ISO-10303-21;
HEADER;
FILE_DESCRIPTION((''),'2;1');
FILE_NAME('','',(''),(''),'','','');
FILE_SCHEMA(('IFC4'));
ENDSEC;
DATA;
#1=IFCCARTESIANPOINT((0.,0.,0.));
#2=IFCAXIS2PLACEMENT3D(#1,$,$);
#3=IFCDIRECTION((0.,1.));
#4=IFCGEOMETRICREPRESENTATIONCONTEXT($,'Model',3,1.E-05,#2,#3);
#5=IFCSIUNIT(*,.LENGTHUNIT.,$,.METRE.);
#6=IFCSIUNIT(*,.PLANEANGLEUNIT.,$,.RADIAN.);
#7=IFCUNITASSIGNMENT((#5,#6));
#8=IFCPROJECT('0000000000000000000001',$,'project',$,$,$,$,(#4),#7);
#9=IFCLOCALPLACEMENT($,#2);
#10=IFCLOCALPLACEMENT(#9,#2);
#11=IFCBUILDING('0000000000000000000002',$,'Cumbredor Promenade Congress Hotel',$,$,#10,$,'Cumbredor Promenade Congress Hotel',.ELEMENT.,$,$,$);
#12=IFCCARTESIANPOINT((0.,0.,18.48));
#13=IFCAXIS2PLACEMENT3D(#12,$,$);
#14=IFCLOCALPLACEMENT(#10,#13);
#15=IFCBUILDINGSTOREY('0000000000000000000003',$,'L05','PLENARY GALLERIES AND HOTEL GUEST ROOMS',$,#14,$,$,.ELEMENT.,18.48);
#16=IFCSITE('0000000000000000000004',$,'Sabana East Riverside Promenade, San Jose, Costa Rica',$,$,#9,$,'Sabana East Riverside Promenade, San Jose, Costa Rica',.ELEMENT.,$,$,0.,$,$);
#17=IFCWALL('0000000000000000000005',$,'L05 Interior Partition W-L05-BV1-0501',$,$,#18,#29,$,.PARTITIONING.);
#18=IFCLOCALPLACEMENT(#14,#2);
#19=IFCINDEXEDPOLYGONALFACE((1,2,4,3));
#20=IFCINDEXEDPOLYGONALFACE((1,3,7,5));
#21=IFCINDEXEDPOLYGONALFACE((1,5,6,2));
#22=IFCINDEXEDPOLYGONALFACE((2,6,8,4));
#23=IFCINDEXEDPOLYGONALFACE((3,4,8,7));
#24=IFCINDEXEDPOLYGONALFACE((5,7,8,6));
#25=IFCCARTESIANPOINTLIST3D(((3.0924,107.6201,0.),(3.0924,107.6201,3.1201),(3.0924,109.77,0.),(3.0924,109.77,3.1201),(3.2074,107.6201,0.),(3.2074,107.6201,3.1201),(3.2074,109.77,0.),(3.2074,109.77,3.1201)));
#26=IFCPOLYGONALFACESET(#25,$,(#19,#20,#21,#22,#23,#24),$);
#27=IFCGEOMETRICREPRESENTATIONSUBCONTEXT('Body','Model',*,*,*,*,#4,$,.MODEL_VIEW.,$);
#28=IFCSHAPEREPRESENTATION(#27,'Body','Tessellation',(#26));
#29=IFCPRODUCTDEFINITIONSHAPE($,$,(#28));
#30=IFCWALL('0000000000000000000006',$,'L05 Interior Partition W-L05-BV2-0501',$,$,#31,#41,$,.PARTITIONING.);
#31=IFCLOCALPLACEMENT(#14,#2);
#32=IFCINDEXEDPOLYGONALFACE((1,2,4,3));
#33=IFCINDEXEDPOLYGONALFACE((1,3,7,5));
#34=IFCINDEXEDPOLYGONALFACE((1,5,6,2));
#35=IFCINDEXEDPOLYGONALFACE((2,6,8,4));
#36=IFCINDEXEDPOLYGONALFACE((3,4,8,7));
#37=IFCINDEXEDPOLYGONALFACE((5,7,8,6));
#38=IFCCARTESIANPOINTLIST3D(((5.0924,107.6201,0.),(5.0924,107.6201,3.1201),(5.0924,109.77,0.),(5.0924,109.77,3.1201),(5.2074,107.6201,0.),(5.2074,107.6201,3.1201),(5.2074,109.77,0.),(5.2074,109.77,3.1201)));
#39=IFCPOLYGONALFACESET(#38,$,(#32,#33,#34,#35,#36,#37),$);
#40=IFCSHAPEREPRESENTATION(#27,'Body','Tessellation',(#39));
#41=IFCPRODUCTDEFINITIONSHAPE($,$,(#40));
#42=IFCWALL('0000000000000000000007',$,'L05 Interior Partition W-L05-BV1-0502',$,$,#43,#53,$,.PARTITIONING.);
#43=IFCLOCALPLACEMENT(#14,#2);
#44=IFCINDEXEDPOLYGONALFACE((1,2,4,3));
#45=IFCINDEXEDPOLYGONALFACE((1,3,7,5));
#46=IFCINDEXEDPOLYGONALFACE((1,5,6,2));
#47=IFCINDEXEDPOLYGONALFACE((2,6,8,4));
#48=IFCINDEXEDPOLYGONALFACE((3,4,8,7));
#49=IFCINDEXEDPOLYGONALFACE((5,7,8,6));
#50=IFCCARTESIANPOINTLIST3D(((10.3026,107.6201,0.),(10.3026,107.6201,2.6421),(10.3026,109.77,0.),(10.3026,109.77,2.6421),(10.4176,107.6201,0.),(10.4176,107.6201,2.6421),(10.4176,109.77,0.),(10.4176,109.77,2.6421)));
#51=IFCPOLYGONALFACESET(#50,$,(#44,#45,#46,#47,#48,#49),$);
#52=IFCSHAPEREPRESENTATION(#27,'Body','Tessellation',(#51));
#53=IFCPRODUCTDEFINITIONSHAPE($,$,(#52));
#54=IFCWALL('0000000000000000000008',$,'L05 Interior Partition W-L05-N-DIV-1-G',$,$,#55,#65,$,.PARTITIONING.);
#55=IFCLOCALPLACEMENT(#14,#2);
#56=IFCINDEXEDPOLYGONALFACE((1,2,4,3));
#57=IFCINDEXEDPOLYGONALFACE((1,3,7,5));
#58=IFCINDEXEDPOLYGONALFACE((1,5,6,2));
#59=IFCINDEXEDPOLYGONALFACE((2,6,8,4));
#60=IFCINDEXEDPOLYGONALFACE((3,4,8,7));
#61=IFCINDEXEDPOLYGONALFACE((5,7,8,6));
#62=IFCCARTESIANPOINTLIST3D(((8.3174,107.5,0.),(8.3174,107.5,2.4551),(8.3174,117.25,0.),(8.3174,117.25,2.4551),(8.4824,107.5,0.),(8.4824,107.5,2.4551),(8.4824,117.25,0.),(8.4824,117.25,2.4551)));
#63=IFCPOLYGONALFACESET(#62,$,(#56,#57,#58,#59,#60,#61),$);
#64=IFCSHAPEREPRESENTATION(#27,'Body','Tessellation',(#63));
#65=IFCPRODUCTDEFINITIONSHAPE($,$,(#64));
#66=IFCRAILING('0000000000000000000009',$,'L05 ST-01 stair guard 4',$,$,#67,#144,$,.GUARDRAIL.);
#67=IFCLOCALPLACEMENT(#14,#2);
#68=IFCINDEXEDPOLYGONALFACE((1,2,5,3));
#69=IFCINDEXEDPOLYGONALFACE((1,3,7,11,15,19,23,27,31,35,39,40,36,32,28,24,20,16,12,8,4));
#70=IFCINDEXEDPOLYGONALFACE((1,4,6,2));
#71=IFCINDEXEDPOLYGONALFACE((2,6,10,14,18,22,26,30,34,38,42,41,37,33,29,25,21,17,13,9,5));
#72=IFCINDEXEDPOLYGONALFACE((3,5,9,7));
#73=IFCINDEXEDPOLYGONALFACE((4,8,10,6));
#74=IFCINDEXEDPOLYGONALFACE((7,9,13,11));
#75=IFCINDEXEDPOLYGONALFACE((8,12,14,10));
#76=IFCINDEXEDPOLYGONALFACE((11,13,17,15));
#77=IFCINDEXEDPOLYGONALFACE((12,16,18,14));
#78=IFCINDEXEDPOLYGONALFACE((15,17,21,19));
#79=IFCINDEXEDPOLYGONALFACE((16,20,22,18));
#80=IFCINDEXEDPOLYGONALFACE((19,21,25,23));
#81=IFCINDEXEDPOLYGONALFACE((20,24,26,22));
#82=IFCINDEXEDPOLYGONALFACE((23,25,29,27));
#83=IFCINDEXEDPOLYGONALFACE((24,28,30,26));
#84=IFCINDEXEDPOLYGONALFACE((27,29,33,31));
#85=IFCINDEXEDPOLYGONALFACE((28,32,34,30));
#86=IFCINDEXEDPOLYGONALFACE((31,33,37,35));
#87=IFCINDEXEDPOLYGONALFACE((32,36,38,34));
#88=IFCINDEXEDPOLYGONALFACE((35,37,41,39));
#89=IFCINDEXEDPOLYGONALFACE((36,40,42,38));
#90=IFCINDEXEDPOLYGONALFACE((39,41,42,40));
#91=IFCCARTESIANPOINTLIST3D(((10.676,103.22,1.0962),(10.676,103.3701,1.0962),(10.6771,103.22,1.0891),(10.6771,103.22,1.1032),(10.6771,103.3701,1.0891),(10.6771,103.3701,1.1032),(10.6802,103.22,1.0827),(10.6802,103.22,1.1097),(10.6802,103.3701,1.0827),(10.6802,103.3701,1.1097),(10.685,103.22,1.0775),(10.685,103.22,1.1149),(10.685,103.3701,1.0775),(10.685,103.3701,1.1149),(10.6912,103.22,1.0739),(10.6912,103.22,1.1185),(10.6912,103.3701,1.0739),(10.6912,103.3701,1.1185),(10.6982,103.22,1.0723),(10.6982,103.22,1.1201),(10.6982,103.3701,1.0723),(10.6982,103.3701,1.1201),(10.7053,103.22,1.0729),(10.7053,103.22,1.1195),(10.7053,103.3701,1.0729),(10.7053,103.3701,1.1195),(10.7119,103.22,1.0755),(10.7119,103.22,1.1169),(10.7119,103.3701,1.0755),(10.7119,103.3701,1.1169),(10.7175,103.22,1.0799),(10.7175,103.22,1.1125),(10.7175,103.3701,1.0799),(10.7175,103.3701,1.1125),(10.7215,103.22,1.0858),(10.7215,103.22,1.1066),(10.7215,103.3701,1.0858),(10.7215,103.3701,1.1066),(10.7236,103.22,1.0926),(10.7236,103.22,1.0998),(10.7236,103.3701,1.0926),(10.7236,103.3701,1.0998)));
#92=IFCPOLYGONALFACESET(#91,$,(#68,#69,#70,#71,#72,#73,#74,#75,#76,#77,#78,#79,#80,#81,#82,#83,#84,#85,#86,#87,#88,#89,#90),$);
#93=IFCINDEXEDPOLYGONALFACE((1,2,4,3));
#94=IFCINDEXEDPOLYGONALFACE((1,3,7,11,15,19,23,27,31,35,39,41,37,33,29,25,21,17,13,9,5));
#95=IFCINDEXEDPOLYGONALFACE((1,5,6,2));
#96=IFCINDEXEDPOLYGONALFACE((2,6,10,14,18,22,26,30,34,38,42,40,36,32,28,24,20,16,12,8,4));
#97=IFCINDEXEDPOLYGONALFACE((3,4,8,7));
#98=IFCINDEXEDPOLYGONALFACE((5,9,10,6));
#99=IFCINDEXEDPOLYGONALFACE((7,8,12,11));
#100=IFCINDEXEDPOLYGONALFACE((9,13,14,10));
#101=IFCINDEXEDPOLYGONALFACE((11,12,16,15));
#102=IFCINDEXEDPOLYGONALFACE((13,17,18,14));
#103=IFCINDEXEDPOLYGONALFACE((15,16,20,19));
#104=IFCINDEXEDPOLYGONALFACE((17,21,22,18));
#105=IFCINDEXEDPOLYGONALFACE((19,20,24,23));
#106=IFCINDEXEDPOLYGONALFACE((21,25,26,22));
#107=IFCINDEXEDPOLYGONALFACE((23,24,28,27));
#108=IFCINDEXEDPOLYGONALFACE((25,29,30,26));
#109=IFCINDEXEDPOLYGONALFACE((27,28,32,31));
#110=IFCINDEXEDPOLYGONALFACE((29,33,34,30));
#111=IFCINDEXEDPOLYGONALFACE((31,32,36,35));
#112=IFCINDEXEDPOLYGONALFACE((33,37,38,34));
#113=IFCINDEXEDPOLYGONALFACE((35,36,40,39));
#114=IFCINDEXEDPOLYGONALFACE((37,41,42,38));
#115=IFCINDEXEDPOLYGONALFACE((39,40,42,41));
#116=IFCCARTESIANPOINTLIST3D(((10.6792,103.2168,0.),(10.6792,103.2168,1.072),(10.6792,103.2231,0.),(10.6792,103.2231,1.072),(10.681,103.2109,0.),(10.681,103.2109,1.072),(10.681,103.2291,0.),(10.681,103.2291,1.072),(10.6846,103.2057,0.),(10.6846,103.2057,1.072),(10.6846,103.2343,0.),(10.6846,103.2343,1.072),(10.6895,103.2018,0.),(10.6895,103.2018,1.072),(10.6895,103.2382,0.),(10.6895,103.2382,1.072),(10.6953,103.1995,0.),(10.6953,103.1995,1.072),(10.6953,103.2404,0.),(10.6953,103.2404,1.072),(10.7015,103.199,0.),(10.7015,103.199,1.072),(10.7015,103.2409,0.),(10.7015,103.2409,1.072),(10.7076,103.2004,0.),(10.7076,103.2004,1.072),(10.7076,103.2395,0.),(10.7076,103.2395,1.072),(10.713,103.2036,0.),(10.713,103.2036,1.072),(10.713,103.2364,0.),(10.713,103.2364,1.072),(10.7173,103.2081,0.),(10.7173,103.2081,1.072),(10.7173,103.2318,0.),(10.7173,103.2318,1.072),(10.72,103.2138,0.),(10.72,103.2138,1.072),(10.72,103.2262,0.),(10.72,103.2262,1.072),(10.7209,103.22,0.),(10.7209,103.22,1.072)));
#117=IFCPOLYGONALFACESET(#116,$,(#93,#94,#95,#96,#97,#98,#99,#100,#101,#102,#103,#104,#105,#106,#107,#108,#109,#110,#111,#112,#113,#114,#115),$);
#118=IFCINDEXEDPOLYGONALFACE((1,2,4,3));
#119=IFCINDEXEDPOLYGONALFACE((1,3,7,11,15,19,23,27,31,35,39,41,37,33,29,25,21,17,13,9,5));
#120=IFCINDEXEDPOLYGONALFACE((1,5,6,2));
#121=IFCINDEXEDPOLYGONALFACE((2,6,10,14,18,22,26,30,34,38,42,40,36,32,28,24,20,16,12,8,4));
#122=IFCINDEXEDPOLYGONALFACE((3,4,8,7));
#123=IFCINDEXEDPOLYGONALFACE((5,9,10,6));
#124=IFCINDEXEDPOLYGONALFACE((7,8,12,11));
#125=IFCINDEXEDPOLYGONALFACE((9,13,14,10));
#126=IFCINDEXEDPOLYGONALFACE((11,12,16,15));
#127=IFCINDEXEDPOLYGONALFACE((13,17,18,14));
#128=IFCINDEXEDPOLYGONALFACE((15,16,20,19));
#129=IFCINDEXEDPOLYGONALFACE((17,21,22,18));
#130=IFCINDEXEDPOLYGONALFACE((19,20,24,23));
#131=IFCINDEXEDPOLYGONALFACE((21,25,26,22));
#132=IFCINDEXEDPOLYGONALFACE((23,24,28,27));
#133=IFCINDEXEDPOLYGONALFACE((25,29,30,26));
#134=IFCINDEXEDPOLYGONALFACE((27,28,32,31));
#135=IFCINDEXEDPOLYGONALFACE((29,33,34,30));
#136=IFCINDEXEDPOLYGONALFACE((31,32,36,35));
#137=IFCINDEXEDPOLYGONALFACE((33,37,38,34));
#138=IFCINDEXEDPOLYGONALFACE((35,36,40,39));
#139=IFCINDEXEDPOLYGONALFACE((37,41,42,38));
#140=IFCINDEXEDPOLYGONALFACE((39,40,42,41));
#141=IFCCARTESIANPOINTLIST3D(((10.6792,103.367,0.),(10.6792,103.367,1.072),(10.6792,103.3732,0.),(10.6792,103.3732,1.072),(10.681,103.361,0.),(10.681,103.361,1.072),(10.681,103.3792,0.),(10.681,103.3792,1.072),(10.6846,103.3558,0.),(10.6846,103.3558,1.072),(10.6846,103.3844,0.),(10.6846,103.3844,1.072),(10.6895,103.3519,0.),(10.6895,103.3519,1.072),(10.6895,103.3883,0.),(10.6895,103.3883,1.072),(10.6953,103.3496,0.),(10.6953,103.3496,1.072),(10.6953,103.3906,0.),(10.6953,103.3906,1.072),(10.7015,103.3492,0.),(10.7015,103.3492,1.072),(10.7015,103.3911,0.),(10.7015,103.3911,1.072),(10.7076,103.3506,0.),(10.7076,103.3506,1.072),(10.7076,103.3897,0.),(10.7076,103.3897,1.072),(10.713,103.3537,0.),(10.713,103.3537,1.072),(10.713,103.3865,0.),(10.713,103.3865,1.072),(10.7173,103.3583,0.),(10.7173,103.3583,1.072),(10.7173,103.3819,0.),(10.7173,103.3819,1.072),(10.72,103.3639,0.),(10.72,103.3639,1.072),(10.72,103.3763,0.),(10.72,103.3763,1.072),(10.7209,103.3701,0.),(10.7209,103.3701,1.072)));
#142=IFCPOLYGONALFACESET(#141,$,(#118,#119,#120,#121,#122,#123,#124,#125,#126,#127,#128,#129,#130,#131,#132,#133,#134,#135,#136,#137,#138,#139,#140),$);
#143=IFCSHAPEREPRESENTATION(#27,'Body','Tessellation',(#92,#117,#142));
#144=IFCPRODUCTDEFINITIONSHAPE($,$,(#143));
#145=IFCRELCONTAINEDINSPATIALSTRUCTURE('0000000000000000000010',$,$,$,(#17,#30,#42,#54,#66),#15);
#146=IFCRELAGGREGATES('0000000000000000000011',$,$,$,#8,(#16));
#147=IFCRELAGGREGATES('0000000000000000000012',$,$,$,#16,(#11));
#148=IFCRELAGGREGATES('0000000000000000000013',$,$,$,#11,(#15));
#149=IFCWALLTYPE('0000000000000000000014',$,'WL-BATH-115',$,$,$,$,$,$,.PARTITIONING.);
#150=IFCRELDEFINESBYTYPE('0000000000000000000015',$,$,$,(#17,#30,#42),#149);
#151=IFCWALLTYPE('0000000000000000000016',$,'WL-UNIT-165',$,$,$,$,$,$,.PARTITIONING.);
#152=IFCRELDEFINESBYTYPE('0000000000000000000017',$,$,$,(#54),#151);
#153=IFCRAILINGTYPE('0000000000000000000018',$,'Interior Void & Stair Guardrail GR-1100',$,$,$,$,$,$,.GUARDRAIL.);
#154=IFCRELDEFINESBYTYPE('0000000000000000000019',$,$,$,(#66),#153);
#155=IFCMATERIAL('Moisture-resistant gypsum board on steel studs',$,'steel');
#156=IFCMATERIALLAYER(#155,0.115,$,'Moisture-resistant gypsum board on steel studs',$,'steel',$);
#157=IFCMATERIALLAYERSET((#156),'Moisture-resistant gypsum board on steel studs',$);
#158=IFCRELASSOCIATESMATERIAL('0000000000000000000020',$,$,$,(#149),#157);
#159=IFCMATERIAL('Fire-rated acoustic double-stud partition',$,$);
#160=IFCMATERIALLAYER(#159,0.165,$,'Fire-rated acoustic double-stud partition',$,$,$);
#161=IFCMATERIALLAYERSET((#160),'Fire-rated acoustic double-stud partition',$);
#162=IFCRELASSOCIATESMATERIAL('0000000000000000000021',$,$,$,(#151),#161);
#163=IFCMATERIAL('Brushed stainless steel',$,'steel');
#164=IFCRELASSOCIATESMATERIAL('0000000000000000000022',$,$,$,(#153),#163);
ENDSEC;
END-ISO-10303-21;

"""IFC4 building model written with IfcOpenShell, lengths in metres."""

from ifc_helpers import new_model, si_unit, direction, frame, frame_2d, origin, origin_2d, place, context, subcontext, project, spatial, rectangle, circle, extrude, material, layer, layer_set, type_object, element, save


model = new_model("IFC4")

# Units and contexts
model_context = context("Model", 3, precision=1e-05, world=origin(), true_north=direction((0.0, 1.0)))
body_context = subcontext(model_context, "Body", "Model", "MODEL_VIEW")
ifc_project = project(units=[si_unit("LENGTHUNIT", "METRE"), si_unit("PLANEANGLEUNIT", "RADIAN")], contexts=[model_context])

# Site, building, storey
site_placement = place(None, origin())
site = spatial("IfcSite", under=ifc_project, at=site_placement, Name="Sabana East Riverside Promenade, San Jose, Costa Rica", LongName="Sabana East Riverside Promenade, San Jose, Costa Rica", CompositionType="ELEMENT", RefElevation=0.0)
building_placement = place(site_placement, origin())
building = spatial("IfcBuilding", under=site, at=building_placement, Name="Cumbredor Promenade Congress Hotel", LongName="Cumbredor Promenade Congress Hotel", CompositionType="ELEMENT")
storey_placement = place(building_placement, frame((0.0, 0.0, 18.48)))
storey = spatial("IfcBuildingStorey", under=building, at=storey_placement, Name="L05", Description="PLENARY GALLERIES AND HOTEL GUEST ROOMS", CompositionType="ELEMENT", Elevation=18.48)

# Walls
ifc_material_1 = material(Name="Moisture-resistant gypsum board on steel studs", Category="steel")
ifc_layer_1 = layer(ifc_material_1, 0.115, Name="Moisture-resistant gypsum board on steel studs", Category="steel")
ifc_layer_set_1 = layer_set([ifc_layer_1], Name="Moisture-resistant gypsum board on steel studs")
wall_type_1 = type_object("IfcWallType", Name="WL-BATH-115", PredefinedType="PARTITIONING", material=ifc_layer_set_1)
for number, where, z_axis, x_axis, name in (
    (1, (3.1499, 107.6201, 0.0), (0.0, 0.0, 1.0), (0.0, 1.0, 0.0), "L05 Interior Partition W-L05-BV1-0501"),
    (2, (5.1499, 107.6201, 0.0), (0.0, 0.0, 1.0), (0.0, 1.0, 0.0), "L05 Interior Partition W-L05-BV2-0501"),
):
    element("IfcWall", number, at=place(storey_placement, frame(where, z_axis=z_axis, x_axis=x_axis)), inside=storey, type_object=wall_type_1, Name=name, PredefinedType="PARTITIONING", context=body_context, shape_type="SweptSolid", body=[
        extrude(rectangle(XDim=2.1499, YDim=0.115, at=frame_2d((1.075, 0.0))), origin(), (0.0, 0.0, 1.0), 3.1201),
    ])
wall_1_placement = place(storey_placement, frame((10.3601, 107.6201, 0.0), z_axis=(0.0, 0.0, 1.0), x_axis=(0.0, 1.0, 0.0)))
element("IfcWall", 3, at=wall_1_placement, inside=storey, type_object=wall_type_1, Name="L05 Interior Partition W-L05-BV1-0502", PredefinedType="PARTITIONING", context=body_context, shape_type="SweptSolid", body=[
    extrude(rectangle(XDim=2.1499, YDim=0.115, at=frame_2d((1.075, 0.0))), origin(), (0.0, 0.0, 1.0), 2.6421),
])

# Wall
ifc_material_2 = material(Name="Fire-rated acoustic double-stud partition")
ifc_layer_2 = layer(ifc_material_2, 0.165, Name="Fire-rated acoustic double-stud partition")
ifc_layer_set_2 = layer_set([ifc_layer_2], Name="Fire-rated acoustic double-stud partition")
wall_type_2 = type_object("IfcWallType", Name="WL-UNIT-165", PredefinedType="PARTITIONING", material=ifc_layer_set_2)
wall_2_placement = place(storey_placement, frame((8.3999, 107.5, 0.0), z_axis=(0.0, 0.0, 1.0), x_axis=(0.0, 1.0, 0.0)))
element("IfcWall", 4, at=wall_2_placement, inside=storey, type_object=wall_type_2, Name="L05 Interior Partition W-L05-N-DIV-1-G", PredefinedType="PARTITIONING", context=body_context, shape_type="SweptSolid", body=[
    extrude(rectangle(XDim=9.75, YDim=0.165, at=frame_2d((4.875, 0.0))), origin(), (0.0, 0.0, 1.0), 2.4551),
])

# Railing
ifc_material_3 = material(Name="Brushed stainless steel", Category="steel")
railing_type = type_object("IfcRailingType", Name="Interior Void & Stair Guardrail GR-1100", PredefinedType="GUARDRAIL", material=ifc_material_3)
railing_placement = place(storey_placement, frame((10.7, 103.22, 0.0)))
element("IfcRailing", 5, at=railing_placement, inside=storey, type_object=railing_type, Name="L05 ST-01 stair guard 4", PredefinedType="GUARDRAIL", context=body_context, shape_type="SweptSolid", body=[
    extrude(circle(Radius=0.0239, at=origin_2d()), frame((0.0, 0.0, 1.0962), z_axis=(0.0, 1.0, 0.0), x_axis=(-1.0, 0.0, 0.0)), (0.0, 0.0, 1.0), 0.1501),
    extrude(circle(Radius=0.021, at=origin_2d()), origin(), (0.0, 0.0, 1.0), 1.072),
    extrude(circle(Radius=0.021, at=origin_2d()), frame((0.0, 0.1501, 0.0)), (0.0, 0.0, 1.0), 1.072),
])

save(model, "model.ifc")
